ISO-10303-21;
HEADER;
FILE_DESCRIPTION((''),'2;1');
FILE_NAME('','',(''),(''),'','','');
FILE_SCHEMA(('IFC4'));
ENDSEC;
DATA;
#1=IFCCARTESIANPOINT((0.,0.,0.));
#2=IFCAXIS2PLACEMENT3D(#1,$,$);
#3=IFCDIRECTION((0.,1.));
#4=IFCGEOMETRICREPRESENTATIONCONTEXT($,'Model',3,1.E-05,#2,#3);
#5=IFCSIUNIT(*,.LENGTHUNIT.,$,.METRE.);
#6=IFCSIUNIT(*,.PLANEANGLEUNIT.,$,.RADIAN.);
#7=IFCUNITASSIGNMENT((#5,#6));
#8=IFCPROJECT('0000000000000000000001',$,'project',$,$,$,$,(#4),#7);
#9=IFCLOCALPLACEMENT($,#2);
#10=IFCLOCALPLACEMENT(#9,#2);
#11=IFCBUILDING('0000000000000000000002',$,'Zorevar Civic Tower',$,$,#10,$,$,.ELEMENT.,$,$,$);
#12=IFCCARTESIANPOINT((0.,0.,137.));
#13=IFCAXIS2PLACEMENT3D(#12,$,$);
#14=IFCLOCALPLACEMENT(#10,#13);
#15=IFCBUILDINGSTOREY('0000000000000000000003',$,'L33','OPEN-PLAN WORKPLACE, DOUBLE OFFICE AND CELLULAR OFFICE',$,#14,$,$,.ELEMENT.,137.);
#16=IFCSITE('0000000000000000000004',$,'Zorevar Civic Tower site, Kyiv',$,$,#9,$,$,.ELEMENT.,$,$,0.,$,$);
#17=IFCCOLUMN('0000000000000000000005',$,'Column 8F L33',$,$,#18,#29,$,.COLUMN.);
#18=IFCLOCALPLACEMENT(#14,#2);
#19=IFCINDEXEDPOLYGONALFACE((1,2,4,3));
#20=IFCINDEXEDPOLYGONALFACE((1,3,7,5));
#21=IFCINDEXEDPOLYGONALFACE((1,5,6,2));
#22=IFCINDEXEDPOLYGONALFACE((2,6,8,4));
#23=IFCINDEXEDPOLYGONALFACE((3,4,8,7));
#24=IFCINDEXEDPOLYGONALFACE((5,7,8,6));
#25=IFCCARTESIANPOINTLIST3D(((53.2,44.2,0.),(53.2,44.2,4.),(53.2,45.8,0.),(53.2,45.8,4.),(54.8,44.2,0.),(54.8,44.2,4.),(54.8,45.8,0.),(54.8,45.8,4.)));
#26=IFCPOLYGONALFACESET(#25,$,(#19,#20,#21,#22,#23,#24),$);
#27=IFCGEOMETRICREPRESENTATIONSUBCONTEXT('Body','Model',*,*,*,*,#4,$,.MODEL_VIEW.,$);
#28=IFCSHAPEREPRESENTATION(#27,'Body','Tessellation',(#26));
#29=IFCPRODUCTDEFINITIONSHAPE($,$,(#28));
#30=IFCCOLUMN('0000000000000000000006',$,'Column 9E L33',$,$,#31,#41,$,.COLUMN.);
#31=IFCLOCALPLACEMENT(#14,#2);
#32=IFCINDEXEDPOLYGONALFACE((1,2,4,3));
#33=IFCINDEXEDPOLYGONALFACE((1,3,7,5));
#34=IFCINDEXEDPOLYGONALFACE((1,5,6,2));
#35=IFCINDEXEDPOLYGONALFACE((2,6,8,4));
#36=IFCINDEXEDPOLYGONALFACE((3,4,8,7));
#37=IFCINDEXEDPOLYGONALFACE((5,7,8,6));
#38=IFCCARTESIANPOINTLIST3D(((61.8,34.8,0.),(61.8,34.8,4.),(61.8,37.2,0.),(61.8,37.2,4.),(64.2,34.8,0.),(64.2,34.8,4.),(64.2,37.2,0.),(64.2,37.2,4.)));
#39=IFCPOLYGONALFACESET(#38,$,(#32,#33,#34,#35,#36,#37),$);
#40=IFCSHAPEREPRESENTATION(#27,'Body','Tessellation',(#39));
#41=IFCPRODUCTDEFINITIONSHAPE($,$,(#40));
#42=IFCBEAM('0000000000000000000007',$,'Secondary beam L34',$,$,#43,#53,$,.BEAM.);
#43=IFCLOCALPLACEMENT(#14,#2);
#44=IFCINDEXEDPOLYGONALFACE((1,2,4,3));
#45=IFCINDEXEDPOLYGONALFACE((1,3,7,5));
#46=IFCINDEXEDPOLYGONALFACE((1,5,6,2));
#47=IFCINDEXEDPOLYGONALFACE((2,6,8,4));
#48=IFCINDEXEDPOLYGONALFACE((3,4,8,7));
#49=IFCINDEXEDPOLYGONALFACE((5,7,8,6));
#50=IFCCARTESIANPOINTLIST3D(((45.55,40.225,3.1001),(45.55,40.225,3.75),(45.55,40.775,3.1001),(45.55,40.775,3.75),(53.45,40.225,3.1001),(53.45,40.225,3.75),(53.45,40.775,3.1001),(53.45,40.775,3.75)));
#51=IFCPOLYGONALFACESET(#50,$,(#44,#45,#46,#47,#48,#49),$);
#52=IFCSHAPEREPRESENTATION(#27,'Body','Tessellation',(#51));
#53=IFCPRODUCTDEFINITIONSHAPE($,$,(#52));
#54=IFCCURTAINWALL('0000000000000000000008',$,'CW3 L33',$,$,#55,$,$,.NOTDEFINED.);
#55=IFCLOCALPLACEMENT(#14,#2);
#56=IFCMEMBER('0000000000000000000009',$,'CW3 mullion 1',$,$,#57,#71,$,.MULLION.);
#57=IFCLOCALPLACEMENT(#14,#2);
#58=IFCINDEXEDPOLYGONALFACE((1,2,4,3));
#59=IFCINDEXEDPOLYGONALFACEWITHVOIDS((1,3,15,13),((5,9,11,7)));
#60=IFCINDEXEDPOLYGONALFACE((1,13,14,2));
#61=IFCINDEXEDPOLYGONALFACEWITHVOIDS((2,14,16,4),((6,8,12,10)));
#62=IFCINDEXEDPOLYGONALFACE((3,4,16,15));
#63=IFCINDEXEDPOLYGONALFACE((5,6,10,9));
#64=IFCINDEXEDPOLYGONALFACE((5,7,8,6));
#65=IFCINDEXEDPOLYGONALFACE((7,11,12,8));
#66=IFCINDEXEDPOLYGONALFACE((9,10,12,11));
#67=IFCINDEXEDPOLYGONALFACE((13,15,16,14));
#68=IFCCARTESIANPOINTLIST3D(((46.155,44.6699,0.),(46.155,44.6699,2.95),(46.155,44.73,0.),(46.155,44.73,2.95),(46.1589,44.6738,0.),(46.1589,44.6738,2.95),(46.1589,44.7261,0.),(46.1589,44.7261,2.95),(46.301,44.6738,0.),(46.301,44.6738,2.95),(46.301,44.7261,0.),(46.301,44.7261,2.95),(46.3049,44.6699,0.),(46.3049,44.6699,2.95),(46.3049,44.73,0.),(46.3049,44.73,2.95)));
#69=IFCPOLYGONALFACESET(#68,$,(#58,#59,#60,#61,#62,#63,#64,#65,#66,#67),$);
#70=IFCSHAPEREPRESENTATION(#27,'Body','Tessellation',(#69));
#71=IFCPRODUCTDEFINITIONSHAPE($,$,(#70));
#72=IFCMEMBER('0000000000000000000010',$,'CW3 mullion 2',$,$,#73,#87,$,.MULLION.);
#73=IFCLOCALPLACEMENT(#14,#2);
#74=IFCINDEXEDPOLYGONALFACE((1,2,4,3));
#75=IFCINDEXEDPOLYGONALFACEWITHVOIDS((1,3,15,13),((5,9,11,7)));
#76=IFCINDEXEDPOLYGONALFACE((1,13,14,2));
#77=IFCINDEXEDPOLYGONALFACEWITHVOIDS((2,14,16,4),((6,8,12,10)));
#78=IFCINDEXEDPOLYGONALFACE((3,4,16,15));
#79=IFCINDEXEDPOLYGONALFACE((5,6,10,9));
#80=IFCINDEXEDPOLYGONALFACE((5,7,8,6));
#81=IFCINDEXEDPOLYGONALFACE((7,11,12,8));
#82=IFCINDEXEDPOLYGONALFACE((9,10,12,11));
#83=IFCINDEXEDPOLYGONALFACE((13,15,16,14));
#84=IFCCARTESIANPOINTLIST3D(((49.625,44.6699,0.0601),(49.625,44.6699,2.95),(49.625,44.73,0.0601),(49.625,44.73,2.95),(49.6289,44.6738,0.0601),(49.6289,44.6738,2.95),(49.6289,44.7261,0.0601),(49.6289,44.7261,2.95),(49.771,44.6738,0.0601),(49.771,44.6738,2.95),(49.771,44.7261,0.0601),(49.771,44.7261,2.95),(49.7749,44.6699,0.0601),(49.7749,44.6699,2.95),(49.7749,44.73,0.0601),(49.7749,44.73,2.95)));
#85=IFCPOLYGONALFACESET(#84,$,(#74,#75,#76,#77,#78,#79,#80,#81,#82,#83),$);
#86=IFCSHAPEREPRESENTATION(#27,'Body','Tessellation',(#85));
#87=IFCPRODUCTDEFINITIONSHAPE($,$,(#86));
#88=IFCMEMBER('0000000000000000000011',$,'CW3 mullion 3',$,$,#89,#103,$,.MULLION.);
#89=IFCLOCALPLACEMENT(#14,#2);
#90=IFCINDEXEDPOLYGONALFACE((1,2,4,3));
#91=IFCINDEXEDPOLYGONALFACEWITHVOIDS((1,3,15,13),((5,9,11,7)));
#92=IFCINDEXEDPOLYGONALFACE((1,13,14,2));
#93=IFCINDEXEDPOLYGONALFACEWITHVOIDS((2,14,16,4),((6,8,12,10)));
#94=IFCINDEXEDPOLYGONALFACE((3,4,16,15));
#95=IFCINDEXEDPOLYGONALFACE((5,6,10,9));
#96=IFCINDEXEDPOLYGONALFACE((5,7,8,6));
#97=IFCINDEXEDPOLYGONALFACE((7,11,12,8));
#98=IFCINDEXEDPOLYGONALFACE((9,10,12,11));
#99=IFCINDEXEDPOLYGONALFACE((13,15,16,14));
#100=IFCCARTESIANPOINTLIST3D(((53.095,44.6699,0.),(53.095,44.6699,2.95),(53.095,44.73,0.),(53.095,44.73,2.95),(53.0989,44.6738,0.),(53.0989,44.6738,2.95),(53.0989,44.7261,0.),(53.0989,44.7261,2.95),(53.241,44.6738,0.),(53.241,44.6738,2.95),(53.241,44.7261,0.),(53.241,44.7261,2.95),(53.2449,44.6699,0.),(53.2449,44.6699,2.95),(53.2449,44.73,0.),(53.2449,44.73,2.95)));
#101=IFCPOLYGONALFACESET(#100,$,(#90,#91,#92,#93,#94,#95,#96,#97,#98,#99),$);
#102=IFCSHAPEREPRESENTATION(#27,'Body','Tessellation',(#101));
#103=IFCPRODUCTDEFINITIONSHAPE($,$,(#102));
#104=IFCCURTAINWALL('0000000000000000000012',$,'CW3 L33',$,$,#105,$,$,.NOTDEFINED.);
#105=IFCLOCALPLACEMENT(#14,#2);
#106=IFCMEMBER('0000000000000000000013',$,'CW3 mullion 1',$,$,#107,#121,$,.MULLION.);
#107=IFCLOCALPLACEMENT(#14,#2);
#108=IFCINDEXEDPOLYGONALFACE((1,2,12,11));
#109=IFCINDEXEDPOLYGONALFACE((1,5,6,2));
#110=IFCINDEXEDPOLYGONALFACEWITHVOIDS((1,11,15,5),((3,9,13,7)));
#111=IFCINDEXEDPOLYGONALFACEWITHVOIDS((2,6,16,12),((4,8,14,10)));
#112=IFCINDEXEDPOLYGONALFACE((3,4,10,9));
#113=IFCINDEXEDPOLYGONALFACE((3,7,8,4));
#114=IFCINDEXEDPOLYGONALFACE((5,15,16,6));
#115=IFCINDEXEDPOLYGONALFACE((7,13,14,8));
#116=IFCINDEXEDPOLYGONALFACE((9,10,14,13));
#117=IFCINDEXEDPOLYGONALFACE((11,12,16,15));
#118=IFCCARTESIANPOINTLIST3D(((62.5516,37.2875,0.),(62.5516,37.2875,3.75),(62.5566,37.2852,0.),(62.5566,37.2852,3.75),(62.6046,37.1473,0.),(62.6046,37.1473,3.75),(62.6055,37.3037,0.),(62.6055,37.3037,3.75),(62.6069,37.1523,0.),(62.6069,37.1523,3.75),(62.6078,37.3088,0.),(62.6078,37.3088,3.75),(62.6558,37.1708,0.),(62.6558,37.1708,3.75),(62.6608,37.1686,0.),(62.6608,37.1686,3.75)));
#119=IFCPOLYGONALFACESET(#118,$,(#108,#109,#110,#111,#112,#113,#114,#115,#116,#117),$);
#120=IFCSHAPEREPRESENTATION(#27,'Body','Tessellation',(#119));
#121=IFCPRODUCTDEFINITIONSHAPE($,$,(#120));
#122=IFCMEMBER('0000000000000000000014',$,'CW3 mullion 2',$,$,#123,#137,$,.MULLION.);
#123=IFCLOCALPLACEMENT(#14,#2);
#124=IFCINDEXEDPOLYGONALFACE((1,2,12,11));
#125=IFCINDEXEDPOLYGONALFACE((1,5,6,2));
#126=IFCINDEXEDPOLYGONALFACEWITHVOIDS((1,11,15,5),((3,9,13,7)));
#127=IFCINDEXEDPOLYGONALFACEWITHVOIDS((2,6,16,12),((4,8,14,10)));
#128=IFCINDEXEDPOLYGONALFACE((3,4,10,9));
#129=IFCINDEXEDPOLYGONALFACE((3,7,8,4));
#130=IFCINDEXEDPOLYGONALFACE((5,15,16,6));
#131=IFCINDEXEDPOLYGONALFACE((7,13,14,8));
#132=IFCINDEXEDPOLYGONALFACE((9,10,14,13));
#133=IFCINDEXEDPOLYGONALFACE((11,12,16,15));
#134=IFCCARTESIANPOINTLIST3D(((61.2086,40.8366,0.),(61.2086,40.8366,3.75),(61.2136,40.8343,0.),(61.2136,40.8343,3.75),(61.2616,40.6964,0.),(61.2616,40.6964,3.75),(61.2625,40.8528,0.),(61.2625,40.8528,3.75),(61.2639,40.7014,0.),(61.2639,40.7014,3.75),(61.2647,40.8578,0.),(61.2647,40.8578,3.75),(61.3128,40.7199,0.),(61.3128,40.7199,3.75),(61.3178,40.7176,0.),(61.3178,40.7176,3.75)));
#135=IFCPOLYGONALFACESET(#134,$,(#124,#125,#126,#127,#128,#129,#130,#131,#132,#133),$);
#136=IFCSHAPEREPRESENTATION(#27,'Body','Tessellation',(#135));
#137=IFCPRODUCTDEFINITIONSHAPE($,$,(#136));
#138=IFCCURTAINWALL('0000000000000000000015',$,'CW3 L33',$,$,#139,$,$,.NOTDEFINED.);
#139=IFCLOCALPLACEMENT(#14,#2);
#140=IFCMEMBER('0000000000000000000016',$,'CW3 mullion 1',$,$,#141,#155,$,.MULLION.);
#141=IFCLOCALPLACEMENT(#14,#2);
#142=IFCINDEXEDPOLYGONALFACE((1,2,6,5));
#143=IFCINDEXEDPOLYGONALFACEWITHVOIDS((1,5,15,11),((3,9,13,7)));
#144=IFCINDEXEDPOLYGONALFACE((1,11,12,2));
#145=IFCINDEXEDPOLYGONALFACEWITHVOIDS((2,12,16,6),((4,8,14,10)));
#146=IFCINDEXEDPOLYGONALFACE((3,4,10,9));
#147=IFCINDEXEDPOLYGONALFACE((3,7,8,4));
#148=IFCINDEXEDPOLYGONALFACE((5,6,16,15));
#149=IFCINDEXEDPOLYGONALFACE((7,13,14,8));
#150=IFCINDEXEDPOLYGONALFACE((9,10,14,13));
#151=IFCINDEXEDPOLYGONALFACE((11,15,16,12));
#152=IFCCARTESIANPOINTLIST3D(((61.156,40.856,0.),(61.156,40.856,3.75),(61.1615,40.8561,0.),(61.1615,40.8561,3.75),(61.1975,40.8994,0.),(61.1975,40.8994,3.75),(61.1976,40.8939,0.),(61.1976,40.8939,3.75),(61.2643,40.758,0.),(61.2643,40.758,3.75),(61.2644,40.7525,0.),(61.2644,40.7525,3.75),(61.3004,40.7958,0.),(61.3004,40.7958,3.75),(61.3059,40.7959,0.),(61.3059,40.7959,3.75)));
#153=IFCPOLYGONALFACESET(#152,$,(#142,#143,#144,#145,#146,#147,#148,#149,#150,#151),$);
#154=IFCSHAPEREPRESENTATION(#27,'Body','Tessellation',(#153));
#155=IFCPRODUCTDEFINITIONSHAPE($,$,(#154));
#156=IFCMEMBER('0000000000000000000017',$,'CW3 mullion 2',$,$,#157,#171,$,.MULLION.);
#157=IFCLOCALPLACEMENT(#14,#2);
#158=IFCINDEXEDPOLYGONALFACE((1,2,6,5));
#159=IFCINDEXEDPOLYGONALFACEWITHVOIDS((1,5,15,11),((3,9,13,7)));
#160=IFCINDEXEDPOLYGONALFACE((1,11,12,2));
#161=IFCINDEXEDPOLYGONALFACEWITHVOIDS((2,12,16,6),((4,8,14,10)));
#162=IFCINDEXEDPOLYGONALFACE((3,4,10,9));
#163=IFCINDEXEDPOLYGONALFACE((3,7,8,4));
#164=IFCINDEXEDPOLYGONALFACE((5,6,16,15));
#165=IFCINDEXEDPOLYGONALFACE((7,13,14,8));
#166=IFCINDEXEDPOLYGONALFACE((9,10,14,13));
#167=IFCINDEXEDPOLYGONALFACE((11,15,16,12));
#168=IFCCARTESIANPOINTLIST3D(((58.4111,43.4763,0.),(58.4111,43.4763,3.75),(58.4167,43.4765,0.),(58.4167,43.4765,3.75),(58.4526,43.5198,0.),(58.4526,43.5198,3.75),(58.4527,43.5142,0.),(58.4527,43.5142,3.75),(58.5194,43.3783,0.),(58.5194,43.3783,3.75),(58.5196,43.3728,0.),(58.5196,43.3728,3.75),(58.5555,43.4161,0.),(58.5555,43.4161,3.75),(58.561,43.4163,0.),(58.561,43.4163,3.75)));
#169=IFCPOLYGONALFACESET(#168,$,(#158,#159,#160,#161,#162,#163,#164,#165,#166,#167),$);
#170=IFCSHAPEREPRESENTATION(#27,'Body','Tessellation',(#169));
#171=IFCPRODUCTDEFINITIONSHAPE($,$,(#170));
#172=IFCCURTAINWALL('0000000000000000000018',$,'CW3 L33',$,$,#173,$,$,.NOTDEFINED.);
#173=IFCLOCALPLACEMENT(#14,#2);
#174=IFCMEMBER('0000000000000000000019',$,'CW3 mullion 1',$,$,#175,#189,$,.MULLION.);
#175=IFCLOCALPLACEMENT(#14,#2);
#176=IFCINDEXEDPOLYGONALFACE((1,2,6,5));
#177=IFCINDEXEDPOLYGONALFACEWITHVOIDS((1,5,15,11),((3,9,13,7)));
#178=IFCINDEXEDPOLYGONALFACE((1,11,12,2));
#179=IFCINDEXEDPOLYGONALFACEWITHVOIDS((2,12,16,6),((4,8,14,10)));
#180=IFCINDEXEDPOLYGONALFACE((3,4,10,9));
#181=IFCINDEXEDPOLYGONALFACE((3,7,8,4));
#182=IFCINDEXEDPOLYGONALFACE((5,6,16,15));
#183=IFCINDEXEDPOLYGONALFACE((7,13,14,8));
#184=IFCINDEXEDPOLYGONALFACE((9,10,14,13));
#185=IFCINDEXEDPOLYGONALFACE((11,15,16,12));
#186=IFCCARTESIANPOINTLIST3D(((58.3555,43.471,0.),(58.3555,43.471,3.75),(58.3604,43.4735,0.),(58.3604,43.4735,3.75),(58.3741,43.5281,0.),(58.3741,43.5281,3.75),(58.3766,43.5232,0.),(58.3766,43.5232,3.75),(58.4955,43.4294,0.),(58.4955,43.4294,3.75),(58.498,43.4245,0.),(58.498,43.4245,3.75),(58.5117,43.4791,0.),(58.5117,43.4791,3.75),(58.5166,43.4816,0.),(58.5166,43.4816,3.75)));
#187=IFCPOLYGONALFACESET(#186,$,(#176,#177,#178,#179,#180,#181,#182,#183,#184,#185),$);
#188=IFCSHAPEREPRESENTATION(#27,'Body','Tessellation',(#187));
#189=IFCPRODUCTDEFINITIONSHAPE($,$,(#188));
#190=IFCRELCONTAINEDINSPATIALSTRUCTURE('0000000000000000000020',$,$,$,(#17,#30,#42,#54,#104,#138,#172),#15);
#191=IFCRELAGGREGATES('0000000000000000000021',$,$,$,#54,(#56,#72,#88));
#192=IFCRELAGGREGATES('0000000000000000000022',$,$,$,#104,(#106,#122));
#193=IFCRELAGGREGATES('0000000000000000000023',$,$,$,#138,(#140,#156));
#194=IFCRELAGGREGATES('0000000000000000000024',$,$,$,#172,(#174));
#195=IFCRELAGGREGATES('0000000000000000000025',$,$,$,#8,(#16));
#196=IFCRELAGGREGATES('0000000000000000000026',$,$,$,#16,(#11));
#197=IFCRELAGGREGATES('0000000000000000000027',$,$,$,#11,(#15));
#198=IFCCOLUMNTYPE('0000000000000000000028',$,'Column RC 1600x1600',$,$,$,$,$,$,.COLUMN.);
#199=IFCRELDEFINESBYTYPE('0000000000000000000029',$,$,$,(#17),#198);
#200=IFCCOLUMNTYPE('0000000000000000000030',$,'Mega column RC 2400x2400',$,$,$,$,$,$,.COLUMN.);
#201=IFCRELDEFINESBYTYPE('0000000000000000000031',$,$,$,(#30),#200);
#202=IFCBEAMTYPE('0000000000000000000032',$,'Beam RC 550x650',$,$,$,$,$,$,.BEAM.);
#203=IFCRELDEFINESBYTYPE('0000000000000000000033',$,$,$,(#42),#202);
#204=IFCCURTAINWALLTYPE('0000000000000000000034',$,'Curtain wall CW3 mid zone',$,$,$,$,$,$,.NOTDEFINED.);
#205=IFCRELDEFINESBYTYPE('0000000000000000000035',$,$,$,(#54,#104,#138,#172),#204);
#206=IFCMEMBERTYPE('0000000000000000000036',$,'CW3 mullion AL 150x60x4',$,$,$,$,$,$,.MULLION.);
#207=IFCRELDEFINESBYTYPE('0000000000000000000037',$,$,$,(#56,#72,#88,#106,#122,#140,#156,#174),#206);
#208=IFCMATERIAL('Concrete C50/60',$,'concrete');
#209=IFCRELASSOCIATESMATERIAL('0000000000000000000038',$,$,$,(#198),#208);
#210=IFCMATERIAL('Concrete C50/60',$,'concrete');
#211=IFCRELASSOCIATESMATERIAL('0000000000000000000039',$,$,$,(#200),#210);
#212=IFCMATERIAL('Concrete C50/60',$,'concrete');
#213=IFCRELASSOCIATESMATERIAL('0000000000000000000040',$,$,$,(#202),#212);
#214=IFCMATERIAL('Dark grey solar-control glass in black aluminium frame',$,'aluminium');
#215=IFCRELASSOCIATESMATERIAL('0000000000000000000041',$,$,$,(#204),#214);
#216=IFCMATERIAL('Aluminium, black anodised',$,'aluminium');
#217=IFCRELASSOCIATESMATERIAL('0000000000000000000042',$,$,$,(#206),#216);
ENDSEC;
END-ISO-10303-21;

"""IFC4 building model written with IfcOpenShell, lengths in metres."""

from ifc_helpers import new_model, si_unit, direction, frame, origin, origin_2d, place, context, subcontext, project, spatial, rectangle, hollow_rectangle, extrude, material, material_profile, profile_set, type_object, element, aggregate, save


model = new_model("IFC4")

# Units and contexts
model_context = context("Model", 3, precision=1e-05, world=origin(), true_north=direction((0.0, 1.0)))
body_context = subcontext(model_context, "Body", "Model", "MODEL_VIEW")
ifc_project = project(units=[si_unit("LENGTHUNIT", "METRE"), si_unit("PLANEANGLEUNIT", "RADIAN")], contexts=[model_context])

# Site, building, storey
site_placement = place(None, origin())
site = spatial("IfcSite", under=ifc_project, at=site_placement, Name="Zorevar Civic Tower site, Kyiv", CompositionType="ELEMENT", RefElevation=0.0)
building_placement = place(site_placement, origin())
building = spatial("IfcBuilding", under=site, at=building_placement, Name="Zorevar Civic Tower", CompositionType="ELEMENT")
storey_placement = place(building_placement, frame((0.0, 0.0, 137.0)))
storey = spatial("IfcBuildingStorey", under=building, at=storey_placement, Name="L33", Description="OPEN-PLAN WORKPLACE, DOUBLE OFFICE AND CELLULAR OFFICE", CompositionType="ELEMENT", Elevation=137.0)

# Columns
ifc_material_1 = material(Name="Concrete C50/60", Category="concrete")
ifc_material_profile_1 = material_profile(ifc_material_1, rectangle(XDim=1.6001, YDim=1.6001, at=origin_2d()), Name="RC 1600x1600")
ifc_profile_set_1 = profile_set([ifc_material_profile_1], Name="Concrete C50/60")
column_type_1 = type_object("IfcColumnType", Name="Column RC 1600x1600", PredefinedType="COLUMN", material=ifc_profile_set_1)
column_1_placement = place(storey_placement, frame((54.0, 45.0, 0.0), z_axis=(0.0, 0.0, 1.0), x_axis=(1.0, 0.0, 0.0)))
element("IfcColumn", 1, at=column_1_placement, inside=storey, type_object=column_type_1, Name="Column 8F L33", PredefinedType="COLUMN", context=body_context, shape_type="SweptSolid", body=[
    extrude(rectangle(XDim=1.6001, YDim=1.6001, at=origin_2d()), origin(), (0.0, 0.0, 1.0), 4.0),
])
ifc_material_2 = material(Name="Concrete C50/60", Category="concrete")
ifc_material_profile_2 = material_profile(ifc_material_2, rectangle(XDim=2.3999, YDim=2.3999, at=origin_2d()), Name="RC 2400x2400")
ifc_profile_set_2 = profile_set([ifc_material_profile_2], Name="Concrete C50/60")
column_type_2 = type_object("IfcColumnType", Name="Mega column RC 2400x2400", PredefinedType="COLUMN", material=ifc_profile_set_2)
column_2_placement = place(storey_placement, frame((63.0, 36.0, 0.0), z_axis=(0.0, 0.0, 1.0), x_axis=(1.0, 0.0, 0.0)))
element("IfcColumn", 2, at=column_2_placement, inside=storey, type_object=column_type_2, Name="Column 9E L33", PredefinedType="COLUMN", context=body_context, shape_type="SweptSolid", body=[
    extrude(rectangle(XDim=2.3999, YDim=2.3999, at=origin_2d()), origin(), (0.0, 0.0, 1.0), 4.0),
])

# Beam
ifc_material_3 = material(Name="Concrete C50/60", Category="concrete")
ifc_material_profile_3 = material_profile(ifc_material_3, rectangle(XDim=0.55, YDim=0.6499, at=origin_2d()), Name="RC 550x650")
ifc_profile_set_3 = profile_set([ifc_material_profile_3], Name="Concrete C50/60")
beam_type_1 = type_object("IfcBeamType", Name="Beam RC 550x650", PredefinedType="BEAM", material=ifc_profile_set_3)
beam_1_placement = place(storey_placement, frame((45.55, 40.5, 3.425), z_axis=(1.0, 0.0, 0.0), x_axis=(0.0, 1.0, 0.0)))
element("IfcBeam", 3, at=beam_1_placement, inside=storey, type_object=beam_type_1, Name="Secondary beam L34", PredefinedType="BEAM", context=body_context, shape_type="SweptSolid", body=[
    extrude(rectangle(XDim=0.55, YDim=0.6499, at=origin_2d()), origin(), (0.0, 0.0, 1.0), 7.8999),
])

# Curtain walls, members
ifc_material_4 = material(Name="Dark grey solar-control glass in black aluminium frame", Category="aluminium")
curtain_wall_type = type_object("IfcCurtainWallType", Name="Curtain wall CW3 mid zone", PredefinedType="NOTDEFINED", material=ifc_material_4)
curtain_wall_1_placement = place(storey_placement, origin())
curtain_wall_1 = element("IfcCurtainWall", 4, at=curtain_wall_1_placement, inside=storey, type_object=curtain_wall_type, Name="CW3 L33", PredefinedType="NOTDEFINED")
ifc_material_5 = material(Name="Aluminium, black anodised", Category="aluminium")
ifc_material_profile_4 = material_profile(ifc_material_5, hollow_rectangle(XDim=0.0601, YDim=0.1499, WallThickness=0.0039, at=origin_2d()), Name="AL 150x60x4")
ifc_profile_set_4 = profile_set([ifc_material_profile_4], Name="Aluminium, black anodised")
member_type_1 = type_object("IfcMemberType", Name="CW3 mullion AL 150x60x4", PredefinedType="MULLION", material=ifc_profile_set_4)
member_1_placement = place(storey_placement, frame((46.23, 44.7, 0.0), z_axis=(0.0, 0.0, 1.0), x_axis=(0.0, 1.0, 0.0)))
member_1 = element("IfcMember", 5, at=member_1_placement, type_object=member_type_1, Name="CW3 mullion 1", PredefinedType="MULLION", context=body_context, shape_type="SweptSolid", body=[
    extrude(hollow_rectangle(XDim=0.0601, YDim=0.1499, WallThickness=0.0039, at=origin_2d()), origin(), (0.0, 0.0, 1.0), 2.95),
])
member_2_placement = place(storey_placement, frame((49.7, 44.7, 0.0601), z_axis=(0.0, 0.0, 1.0), x_axis=(0.0, 1.0, 0.0)))
member_2 = element("IfcMember", 6, at=member_2_placement, type_object=member_type_1, Name="CW3 mullion 2", PredefinedType="MULLION", context=body_context, shape_type="SweptSolid", body=[
    extrude(hollow_rectangle(XDim=0.0601, YDim=0.1499, WallThickness=0.0039, at=origin_2d()), origin(), (0.0, 0.0, 1.0), 2.8899),
])
member_3_placement = place(storey_placement, frame((53.1699, 44.7, 0.0), z_axis=(0.0, 0.0, 1.0), x_axis=(0.0, 1.0, 0.0)))
member_3 = element("IfcMember", 7, at=member_3_placement, type_object=member_type_1, Name="CW3 mullion 3", PredefinedType="MULLION", context=body_context, shape_type="SweptSolid", body=[
    extrude(hollow_rectangle(XDim=0.0601, YDim=0.1499, WallThickness=0.0039, at=origin_2d()), origin(), (0.0, 0.0, 1.0), 2.95),
])
curtain_wall_2_placement = place(storey_placement, origin())
curtain_wall_2 = element("IfcCurtainWall", 8, at=curtain_wall_2_placement, inside=storey, type_object=curtain_wall_type, Name="CW3 L33", PredefinedType="NOTDEFINED")
member_4_placement = place(storey_placement, frame((62.6062, 37.228, 0.0), z_axis=(0.0, 0.0, 1.0), x_axis=(-0.935277, -0.353918, 0.0)))
member_4 = element("IfcMember", 9, at=member_4_placement, type_object=member_type_1, Name="CW3 mullion 1", PredefinedType="MULLION", context=body_context, shape_type="SweptSolid", body=[
    extrude(hollow_rectangle(XDim=0.0601, YDim=0.1499, WallThickness=0.0039, at=origin_2d()), origin(), (0.0, 0.0, 1.0), 3.75),
])
member_5_placement = place(storey_placement, frame((61.2632, 40.7771, 0.0), z_axis=(0.0, 0.0, 1.0), x_axis=(-0.935277, -0.353918, 0.0)))
member_5 = element("IfcMember", 10, at=member_5_placement, type_object=member_type_1, Name="CW3 mullion 2", PredefinedType="MULLION", context=body_context, shape_type="SweptSolid", body=[
    extrude(hollow_rectangle(XDim=0.0601, YDim=0.1499, WallThickness=0.0039, at=origin_2d()), origin(), (0.0, 0.0, 1.0), 3.75),
])
curtain_wall_3_placement = place(storey_placement, origin())
curtain_wall_3 = element("IfcCurtainWall", 11, at=curtain_wall_3_placement, inside=storey, type_object=curtain_wall_type, Name="CW3 L33", PredefinedType="NOTDEFINED")
member_6_placement = place(storey_placement, frame((61.231, 40.8259, 0.0), z_axis=(0.0, 0.0, 1.0), x_axis=(-0.690545, -0.723289, 0.0)))
member_6 = element("IfcMember", 12, at=member_6_placement, type_object=member_type_1, Name="CW3 mullion 1", PredefinedType="MULLION", context=body_context, shape_type="SweptSolid", body=[
    extrude(hollow_rectangle(XDim=0.0601, YDim=0.1499, WallThickness=0.0039, at=origin_2d()), origin(), (0.0, 0.0, 1.0), 3.75),
])
member_7_placement = place(storey_placement, frame((58.4861, 43.4463, 0.0), z_axis=(0.0, 0.0, 1.0), x_axis=(-0.690545, -0.723289, 0.0)))
member_7 = element("IfcMember", 13, at=member_7_placement, type_object=member_type_1, Name="CW3 mullion 2", PredefinedType="MULLION", context=body_context, shape_type="SweptSolid", body=[
    extrude(hollow_rectangle(XDim=0.0601, YDim=0.1499, WallThickness=0.0039, at=origin_2d()), origin(), (0.0, 0.0, 1.0), 3.75),
])
curtain_wall_4_placement = place(storey_placement, origin())
curtain_wall_4 = element("IfcCurtainWall", 14, at=curtain_wall_4_placement, inside=storey, type_object=curtain_wall_type, Name="CW3 L33", PredefinedType="NOTDEFINED")
member_8_placement = place(storey_placement, frame((58.436, 43.4763, 0.0), z_axis=(0.0, 0.0, 1.0), x_axis=(-0.310263, -0.950651, 0.0)))
member_8 = element("IfcMember", 15, at=member_8_placement, type_object=member_type_1, Name="CW3 mullion 1", PredefinedType="MULLION", context=body_context, shape_type="SweptSolid", body=[
    extrude(hollow_rectangle(XDim=0.0601, YDim=0.1499, WallThickness=0.0039, at=origin_2d()), origin(), (0.0, 0.0, 1.0), 3.75),
])

aggregate(curtain_wall_1, [member_1, member_2, member_3])
aggregate(curtain_wall_2, [member_4, member_5])
aggregate(curtain_wall_3, [member_6, member_7])
aggregate(curtain_wall_4, [member_8])

save(model, "model.ifc")
